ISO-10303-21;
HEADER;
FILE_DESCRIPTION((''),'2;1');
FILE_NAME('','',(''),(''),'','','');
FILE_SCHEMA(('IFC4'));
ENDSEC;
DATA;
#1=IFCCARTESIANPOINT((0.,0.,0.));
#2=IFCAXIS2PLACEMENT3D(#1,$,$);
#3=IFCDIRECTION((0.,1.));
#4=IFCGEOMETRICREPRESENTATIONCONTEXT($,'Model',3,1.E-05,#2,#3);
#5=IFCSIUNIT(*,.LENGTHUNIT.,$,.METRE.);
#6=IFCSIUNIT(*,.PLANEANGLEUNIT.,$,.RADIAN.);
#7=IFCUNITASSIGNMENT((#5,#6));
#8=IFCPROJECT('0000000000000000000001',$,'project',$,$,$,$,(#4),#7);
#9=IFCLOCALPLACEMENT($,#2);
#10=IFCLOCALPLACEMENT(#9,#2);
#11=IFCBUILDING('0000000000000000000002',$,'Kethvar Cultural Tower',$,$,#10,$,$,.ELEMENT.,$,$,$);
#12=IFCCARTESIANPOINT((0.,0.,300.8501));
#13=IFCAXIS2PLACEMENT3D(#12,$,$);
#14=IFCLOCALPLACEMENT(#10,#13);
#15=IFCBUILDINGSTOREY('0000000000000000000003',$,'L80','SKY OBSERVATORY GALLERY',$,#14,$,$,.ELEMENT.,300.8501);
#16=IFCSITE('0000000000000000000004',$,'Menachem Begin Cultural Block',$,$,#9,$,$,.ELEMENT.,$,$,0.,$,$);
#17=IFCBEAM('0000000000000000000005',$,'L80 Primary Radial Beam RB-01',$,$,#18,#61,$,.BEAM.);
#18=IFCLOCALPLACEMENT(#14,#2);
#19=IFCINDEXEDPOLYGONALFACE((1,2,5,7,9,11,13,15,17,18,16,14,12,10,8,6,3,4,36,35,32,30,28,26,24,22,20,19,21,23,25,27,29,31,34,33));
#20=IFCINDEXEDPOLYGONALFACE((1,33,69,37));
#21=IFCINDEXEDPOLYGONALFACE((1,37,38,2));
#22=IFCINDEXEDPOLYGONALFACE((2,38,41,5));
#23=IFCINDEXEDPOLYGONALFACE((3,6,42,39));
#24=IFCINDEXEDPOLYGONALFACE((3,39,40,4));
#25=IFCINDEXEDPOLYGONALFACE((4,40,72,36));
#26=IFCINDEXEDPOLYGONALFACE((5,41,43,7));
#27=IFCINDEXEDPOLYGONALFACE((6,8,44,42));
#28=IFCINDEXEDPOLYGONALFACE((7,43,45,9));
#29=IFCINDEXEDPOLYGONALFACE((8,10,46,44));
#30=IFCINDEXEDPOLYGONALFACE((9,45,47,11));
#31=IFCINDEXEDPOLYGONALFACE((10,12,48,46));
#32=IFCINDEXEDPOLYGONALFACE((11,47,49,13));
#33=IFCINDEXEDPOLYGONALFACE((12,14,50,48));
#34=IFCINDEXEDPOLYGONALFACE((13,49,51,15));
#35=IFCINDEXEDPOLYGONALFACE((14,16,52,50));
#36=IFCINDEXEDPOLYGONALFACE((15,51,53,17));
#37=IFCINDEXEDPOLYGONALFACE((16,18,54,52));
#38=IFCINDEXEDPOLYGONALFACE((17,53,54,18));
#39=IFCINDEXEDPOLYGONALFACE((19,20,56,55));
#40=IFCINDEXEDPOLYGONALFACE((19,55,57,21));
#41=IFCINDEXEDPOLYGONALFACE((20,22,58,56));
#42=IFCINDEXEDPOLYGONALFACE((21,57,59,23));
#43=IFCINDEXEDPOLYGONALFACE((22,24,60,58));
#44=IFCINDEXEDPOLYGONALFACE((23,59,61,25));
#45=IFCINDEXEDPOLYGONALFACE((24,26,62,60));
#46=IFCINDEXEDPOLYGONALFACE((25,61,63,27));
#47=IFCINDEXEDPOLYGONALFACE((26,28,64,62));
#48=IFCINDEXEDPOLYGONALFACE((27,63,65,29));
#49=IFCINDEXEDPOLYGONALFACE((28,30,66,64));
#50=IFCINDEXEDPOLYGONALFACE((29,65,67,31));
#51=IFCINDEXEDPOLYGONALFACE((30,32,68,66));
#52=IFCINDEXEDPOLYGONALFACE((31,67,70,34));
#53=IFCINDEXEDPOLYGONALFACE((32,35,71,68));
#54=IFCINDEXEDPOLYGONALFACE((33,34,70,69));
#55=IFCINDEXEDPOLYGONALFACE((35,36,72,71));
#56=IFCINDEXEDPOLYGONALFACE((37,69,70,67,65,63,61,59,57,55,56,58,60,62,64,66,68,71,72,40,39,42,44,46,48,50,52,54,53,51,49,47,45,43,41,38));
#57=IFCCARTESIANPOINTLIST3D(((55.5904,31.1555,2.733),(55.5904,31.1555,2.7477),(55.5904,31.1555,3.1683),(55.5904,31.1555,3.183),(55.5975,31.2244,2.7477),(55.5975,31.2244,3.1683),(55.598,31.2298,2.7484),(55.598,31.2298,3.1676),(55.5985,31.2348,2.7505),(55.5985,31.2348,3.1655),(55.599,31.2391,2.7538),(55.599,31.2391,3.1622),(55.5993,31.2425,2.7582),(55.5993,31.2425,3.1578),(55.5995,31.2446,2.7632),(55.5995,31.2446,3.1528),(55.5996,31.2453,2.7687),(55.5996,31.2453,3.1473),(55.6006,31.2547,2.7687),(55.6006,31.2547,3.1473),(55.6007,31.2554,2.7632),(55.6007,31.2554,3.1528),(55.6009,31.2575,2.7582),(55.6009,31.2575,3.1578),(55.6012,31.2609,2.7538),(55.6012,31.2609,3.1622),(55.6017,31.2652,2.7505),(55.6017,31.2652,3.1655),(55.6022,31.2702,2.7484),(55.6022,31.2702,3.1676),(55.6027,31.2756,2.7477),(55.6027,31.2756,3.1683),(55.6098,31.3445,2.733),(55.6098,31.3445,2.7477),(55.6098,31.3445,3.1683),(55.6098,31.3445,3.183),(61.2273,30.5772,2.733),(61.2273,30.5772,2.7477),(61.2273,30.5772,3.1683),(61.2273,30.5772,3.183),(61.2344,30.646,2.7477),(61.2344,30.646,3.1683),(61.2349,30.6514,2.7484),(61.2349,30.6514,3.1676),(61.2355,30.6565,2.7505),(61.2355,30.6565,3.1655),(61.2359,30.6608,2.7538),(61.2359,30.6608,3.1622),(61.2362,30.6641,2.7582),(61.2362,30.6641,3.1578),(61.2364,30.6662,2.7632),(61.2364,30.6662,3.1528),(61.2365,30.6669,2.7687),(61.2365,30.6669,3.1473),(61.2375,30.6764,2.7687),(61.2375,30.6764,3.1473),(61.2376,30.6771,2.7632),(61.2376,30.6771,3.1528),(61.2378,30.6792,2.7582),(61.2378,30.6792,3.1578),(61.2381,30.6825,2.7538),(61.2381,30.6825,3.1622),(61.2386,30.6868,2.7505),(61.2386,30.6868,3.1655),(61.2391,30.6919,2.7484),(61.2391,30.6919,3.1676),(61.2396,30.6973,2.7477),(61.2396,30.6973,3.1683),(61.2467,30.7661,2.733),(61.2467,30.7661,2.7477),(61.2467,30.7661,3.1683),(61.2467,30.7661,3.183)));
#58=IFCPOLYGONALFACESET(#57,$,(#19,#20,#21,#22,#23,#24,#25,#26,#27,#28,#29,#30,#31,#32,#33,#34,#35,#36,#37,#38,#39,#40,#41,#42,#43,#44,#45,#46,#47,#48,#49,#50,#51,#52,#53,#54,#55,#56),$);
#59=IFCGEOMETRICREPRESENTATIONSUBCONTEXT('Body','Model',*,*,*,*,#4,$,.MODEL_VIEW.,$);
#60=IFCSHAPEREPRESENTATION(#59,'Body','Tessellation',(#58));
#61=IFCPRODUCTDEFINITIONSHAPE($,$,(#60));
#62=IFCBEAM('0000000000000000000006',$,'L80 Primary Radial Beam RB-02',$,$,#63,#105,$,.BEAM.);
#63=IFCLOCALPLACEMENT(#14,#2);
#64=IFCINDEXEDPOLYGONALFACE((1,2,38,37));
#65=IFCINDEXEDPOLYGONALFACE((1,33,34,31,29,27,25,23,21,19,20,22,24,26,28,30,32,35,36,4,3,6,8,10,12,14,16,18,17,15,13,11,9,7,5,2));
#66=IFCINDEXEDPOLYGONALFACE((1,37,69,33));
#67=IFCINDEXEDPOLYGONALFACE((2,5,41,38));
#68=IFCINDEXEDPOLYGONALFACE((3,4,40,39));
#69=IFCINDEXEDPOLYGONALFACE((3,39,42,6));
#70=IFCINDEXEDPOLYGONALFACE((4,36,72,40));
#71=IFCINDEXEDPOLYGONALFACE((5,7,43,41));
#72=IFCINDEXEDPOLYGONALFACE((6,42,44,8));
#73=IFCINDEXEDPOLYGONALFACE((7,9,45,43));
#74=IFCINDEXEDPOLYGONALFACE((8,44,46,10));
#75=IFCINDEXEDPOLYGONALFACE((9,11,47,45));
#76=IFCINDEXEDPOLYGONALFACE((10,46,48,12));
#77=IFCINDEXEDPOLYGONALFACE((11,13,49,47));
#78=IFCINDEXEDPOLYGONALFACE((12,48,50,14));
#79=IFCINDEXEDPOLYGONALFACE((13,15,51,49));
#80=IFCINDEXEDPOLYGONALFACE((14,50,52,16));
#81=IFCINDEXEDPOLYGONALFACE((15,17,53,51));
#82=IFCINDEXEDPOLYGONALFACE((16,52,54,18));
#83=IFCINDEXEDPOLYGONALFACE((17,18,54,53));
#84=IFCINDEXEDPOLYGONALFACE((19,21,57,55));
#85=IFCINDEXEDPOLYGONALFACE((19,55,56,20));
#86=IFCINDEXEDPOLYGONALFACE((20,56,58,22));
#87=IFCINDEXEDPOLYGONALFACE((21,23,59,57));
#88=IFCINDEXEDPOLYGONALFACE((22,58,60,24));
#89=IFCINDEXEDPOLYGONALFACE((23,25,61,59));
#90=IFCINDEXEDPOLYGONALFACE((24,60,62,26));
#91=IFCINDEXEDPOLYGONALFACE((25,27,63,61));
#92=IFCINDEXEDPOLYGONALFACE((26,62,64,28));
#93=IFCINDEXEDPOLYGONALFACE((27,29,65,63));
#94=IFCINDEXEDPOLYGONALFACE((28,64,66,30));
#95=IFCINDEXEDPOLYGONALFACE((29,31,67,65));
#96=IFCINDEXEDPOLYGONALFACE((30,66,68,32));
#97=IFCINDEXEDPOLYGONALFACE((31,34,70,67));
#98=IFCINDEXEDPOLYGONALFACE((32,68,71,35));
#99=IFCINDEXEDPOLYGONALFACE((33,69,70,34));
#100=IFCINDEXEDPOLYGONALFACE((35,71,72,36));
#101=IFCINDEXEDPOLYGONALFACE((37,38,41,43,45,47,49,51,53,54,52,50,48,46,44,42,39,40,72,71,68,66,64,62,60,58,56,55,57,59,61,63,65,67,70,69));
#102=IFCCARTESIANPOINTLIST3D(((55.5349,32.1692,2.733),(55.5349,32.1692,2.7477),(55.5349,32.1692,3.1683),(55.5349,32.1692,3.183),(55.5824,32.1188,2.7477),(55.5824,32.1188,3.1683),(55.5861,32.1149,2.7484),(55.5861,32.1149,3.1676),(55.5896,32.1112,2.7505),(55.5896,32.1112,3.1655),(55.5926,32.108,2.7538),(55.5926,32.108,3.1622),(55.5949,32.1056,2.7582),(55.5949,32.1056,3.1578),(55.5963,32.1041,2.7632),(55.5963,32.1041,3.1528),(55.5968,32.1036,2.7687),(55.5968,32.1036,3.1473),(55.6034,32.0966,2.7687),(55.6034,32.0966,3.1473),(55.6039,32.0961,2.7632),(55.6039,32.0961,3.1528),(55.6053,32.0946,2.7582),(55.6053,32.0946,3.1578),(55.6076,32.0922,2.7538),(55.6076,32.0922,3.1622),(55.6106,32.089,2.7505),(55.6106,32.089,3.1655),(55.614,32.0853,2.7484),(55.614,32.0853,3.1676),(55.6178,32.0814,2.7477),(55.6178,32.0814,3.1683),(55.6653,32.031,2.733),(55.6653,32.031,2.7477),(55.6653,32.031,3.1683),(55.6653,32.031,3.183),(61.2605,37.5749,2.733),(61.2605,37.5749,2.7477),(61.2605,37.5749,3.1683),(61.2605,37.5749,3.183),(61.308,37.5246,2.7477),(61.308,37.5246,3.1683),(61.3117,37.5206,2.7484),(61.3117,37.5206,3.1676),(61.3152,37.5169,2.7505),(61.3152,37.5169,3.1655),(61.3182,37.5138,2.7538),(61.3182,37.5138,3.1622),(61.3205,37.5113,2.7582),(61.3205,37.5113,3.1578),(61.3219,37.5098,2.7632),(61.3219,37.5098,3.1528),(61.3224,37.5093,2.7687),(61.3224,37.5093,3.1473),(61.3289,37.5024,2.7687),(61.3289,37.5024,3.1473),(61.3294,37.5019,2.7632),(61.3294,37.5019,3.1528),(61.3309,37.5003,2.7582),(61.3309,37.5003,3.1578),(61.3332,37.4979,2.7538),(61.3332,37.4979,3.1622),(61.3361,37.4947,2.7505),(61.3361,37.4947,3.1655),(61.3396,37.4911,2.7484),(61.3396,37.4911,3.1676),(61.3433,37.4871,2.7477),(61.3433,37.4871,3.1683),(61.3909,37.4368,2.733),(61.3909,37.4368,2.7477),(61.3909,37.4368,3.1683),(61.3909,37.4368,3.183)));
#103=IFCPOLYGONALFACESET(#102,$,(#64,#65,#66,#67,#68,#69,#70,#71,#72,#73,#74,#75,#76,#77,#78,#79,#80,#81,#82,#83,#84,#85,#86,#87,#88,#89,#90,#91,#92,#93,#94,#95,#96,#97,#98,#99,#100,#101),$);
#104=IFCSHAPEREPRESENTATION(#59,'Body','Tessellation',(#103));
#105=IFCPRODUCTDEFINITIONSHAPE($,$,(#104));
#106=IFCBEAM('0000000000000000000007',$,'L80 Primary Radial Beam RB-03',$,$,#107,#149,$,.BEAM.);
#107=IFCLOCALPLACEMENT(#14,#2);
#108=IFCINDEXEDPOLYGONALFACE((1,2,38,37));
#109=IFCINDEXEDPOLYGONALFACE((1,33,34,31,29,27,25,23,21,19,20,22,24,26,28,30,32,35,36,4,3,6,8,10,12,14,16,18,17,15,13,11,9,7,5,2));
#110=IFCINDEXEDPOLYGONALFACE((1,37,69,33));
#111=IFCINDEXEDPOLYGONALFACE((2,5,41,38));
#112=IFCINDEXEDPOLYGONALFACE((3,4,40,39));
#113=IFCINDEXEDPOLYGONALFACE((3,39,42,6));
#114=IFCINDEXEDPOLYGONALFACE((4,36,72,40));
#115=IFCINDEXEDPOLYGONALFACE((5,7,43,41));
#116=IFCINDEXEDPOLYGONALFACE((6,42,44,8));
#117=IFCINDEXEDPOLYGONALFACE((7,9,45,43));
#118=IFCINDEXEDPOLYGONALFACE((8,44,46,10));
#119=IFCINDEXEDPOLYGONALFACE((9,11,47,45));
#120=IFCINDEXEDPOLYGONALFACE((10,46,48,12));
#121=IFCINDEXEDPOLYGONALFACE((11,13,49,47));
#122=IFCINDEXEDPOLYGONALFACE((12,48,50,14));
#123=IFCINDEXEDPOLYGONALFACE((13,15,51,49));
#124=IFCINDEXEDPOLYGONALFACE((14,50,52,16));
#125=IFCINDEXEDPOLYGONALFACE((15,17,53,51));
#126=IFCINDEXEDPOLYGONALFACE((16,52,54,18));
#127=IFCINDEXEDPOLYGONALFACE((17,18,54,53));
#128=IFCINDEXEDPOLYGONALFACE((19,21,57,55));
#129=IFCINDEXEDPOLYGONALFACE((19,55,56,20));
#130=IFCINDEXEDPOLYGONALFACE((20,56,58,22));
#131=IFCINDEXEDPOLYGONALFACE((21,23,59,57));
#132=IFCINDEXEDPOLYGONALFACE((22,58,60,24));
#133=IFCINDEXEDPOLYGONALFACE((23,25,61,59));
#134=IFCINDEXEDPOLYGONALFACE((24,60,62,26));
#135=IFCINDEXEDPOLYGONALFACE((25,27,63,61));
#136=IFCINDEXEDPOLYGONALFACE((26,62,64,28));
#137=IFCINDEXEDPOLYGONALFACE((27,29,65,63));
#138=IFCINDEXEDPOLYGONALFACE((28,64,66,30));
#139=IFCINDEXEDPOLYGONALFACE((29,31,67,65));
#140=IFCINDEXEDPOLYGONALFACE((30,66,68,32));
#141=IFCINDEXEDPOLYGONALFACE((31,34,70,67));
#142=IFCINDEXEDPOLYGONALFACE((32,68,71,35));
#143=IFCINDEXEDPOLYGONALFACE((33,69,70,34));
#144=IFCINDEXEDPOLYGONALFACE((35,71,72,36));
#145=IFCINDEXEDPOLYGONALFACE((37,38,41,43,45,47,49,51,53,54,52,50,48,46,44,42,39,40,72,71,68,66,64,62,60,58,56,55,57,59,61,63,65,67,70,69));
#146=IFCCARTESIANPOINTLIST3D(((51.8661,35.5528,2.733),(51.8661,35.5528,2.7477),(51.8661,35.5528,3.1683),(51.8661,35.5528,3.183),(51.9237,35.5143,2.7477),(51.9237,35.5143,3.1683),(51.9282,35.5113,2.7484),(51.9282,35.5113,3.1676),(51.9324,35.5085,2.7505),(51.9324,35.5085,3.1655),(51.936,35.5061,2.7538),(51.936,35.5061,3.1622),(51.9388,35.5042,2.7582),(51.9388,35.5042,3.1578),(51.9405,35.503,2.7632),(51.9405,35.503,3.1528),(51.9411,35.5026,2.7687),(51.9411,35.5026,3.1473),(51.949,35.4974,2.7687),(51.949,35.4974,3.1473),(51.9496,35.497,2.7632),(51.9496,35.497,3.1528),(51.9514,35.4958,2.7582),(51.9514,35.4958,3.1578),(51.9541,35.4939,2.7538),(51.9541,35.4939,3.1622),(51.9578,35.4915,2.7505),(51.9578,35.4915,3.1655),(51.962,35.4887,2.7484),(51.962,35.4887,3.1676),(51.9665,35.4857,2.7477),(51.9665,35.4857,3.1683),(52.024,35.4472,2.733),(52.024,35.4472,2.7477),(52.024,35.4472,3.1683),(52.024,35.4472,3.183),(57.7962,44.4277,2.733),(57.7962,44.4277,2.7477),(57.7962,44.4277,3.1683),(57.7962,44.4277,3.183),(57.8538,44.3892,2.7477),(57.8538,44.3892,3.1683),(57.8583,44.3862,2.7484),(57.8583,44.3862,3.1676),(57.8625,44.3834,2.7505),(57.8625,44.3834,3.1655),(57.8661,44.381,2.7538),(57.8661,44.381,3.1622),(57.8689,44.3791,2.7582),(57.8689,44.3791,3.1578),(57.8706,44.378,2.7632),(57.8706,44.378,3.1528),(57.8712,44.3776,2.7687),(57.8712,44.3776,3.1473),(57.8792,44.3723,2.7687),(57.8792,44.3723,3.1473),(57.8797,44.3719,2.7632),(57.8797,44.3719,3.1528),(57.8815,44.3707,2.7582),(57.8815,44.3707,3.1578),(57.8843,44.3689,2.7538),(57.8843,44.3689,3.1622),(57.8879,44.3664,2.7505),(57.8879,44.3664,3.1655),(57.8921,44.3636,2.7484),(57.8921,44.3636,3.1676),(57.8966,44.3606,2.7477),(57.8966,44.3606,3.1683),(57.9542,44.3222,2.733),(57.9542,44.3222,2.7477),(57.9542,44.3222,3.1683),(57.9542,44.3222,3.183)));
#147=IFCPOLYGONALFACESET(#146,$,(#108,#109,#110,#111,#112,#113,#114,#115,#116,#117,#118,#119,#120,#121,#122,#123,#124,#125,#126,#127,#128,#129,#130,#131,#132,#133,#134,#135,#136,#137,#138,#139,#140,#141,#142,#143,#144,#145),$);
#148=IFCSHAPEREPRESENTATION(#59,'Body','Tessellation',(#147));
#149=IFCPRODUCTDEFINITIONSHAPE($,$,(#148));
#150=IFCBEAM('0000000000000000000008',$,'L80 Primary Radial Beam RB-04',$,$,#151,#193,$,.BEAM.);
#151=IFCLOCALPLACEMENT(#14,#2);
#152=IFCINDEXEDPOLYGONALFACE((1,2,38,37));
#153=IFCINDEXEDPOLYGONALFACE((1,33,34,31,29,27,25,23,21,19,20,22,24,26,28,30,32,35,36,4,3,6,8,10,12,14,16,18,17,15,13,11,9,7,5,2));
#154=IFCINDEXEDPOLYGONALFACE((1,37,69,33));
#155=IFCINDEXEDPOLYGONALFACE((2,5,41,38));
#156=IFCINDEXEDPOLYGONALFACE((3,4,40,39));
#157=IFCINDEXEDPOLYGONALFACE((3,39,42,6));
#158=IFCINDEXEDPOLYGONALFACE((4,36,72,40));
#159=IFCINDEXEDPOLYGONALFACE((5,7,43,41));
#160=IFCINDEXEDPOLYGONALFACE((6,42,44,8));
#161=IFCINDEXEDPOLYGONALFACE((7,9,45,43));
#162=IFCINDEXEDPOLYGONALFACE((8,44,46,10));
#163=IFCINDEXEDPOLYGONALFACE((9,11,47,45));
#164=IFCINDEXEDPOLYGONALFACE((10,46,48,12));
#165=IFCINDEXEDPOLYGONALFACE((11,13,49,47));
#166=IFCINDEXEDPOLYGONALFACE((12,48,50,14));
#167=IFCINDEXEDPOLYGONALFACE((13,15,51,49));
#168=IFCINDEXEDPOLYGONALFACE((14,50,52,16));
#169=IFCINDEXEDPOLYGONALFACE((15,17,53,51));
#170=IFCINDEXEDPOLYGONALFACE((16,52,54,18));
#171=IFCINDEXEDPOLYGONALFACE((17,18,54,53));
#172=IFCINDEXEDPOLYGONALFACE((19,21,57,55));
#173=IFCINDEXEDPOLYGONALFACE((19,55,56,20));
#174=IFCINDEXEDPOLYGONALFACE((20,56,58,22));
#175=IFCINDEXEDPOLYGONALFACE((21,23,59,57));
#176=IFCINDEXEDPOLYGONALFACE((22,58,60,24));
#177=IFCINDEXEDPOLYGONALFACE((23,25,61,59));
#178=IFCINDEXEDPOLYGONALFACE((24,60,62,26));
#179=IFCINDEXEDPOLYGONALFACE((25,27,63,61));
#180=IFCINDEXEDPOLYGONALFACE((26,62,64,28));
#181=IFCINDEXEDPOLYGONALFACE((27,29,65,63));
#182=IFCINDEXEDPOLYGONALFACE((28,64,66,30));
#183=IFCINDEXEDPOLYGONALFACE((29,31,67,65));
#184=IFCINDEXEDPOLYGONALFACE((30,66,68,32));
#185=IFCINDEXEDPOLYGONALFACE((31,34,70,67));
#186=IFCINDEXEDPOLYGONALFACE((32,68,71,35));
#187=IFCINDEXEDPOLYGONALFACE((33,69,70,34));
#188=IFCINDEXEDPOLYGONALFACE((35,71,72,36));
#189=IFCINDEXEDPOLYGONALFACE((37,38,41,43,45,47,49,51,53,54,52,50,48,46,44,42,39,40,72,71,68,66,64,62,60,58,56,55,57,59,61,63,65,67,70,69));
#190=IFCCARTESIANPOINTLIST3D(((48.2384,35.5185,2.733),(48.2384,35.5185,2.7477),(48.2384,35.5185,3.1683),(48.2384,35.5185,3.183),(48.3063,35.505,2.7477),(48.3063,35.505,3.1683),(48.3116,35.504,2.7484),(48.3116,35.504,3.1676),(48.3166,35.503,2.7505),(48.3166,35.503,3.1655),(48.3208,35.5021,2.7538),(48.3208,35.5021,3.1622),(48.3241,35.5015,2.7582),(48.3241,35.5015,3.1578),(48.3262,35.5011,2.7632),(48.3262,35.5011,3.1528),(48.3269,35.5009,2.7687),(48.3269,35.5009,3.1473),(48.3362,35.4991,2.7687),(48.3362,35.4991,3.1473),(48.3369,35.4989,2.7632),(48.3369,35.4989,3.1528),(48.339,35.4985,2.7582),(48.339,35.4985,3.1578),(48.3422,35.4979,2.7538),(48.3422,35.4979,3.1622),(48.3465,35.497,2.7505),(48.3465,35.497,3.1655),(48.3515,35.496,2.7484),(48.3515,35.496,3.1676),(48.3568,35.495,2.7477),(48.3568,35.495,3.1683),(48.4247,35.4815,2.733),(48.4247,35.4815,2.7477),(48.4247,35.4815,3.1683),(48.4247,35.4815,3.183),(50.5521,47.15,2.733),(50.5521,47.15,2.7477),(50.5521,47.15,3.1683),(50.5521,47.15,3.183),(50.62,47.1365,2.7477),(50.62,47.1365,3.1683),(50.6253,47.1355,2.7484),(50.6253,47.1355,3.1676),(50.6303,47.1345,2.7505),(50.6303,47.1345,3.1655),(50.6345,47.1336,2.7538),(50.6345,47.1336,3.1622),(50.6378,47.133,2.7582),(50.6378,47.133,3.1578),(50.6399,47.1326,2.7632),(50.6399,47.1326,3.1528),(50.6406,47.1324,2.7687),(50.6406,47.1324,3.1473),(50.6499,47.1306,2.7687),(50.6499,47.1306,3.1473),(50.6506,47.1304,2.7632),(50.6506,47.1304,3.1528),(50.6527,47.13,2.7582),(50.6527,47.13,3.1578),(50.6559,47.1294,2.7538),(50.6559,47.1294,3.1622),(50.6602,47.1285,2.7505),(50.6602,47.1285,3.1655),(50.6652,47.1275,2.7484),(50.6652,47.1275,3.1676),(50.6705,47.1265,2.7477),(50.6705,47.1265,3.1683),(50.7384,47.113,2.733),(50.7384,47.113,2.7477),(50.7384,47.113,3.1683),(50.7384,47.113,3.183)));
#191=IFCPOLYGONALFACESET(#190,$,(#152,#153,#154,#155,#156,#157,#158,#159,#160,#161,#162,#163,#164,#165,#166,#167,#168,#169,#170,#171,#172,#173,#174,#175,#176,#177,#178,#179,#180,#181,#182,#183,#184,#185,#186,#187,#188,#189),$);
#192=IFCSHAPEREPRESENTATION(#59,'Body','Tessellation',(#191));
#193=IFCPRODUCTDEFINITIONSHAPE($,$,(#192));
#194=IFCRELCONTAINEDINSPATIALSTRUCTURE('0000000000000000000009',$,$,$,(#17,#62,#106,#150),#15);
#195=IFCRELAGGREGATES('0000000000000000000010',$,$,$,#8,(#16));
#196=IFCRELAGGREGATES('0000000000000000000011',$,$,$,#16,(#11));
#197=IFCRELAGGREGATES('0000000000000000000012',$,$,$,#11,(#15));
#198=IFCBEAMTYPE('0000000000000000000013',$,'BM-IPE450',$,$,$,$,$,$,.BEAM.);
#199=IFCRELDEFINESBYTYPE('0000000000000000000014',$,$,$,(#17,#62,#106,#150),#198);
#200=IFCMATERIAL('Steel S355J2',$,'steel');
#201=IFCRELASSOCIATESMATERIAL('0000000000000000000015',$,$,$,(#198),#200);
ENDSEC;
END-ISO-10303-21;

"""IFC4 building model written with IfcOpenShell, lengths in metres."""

from ifc_helpers import new_model, si_unit, direction, frame, origin, origin_2d, place, context, subcontext, project, spatial, i_section, extrude, source, transform, mapped, material, material_profile, profile_set, type_object, element, save


model = new_model("IFC4")

# Units and contexts
model_context = context("Model", 3, precision=1e-05, world=origin(), true_north=direction((0.0, 1.0)))
body_context = subcontext(model_context, "Body", "Model", "MODEL_VIEW")
ifc_project = project(units=[si_unit("LENGTHUNIT", "METRE"), si_unit("PLANEANGLEUNIT", "RADIAN")], contexts=[model_context])

# Site, building, storey
site_placement = place(None, origin())
site = spatial("IfcSite", under=ifc_project, at=site_placement, Name="Menachem Begin Cultural Block", CompositionType="ELEMENT", RefElevation=0.0)
building_placement = place(site_placement, origin())
building = spatial("IfcBuilding", under=site, at=building_placement, Name="Kethvar Cultural Tower", CompositionType="ELEMENT")
storey_placement = place(building_placement, frame((0.0, 0.0, 300.8501)))
storey = spatial("IfcBuildingStorey", under=building, at=storey_placement, Name="L80", Description="SKY OBSERVATORY GALLERY", CompositionType="ELEMENT", Elevation=300.8501)

# Beams
ifc_material_1 = material(Name="Steel S355J2", Category="steel")
ifc_material_profile_1 = material_profile(ifc_material_1, i_section(OverallWidth=0.1899, OverallDepth=0.45, WebThickness=0.0095, FlangeThickness=0.0146, FilletRadius=0.021, at=origin_2d()), Name="Steel S355J2 — IPE450")
ifc_profile_set_1 = profile_set([ifc_material_profile_1], Name="Steel S355J2 — IPE450")
beam_type_1 = type_object("IfcBeamType", Name="BM-IPE450", PredefinedType="BEAM", material=ifc_profile_set_1)
shared_shape_1 = source(origin(), body_context, "Body", "SweptSolid", [
    extrude(i_section(OverallWidth=0.1899, OverallDepth=0.45, WebThickness=0.0095, FlangeThickness=0.0146, FilletRadius=0.021, at=origin_2d()), origin(), (0.0, 0.0, 1.0), 5.6665),
])
beam_1_placement = place(storey_placement, frame((55.6001, 31.25, 2.958), z_axis=(0.994778, -0.102067, 0.0), x_axis=(0.102067, 0.994778, 0.0)))
element("IfcBeam", 1, at=beam_1_placement, inside=storey, type_object=beam_type_1, Name="L80 Primary Radial Beam RB-01", PredefinedType="BEAM", context=body_context, shape_type="MappedRepresentation", body=[
    mapped(shared_shape_1, transform((0.0, 0.0, 0.0), scale=1.0)),
])
shared_shape_2 = source(origin(), body_context, "Body", "SweptSolid", [
    extrude(i_section(OverallWidth=0.1899, OverallDepth=0.45, WebThickness=0.0095, FlangeThickness=0.0146, FilletRadius=0.021, at=origin_2d()), origin(), (0.0, 0.0, 1.0), 7.8743),
])
beam_2_placement = place(storey_placement, frame((55.6001, 32.1001, 2.958), z_axis=(0.727123, 0.686507, 0.0), x_axis=(-0.686507, 0.727123, 0.0)))
element("IfcBeam", 2, at=beam_2_placement, inside=storey, type_object=beam_type_1, Name="L80 Primary Radial Beam RB-02", PredefinedType="BEAM", context=body_context, shape_type="MappedRepresentation", body=[
    mapped(shared_shape_2, transform((0.0, 0.0, 0.0), scale=1.0)),
])
shared_shape_3 = source(origin(), body_context, "Body", "SweptSolid", [
    extrude(i_section(OverallWidth=0.1899, OverallDepth=0.45, WebThickness=0.0095, FlangeThickness=0.0146, FilletRadius=0.021, at=origin_2d()), origin(), (0.0, 0.0, 1.0), 10.6738),
])
beam_3_placement = place(storey_placement, frame((51.9451, 35.5, 2.958), z_axis=(0.555576, 0.831466, 0.0), x_axis=(-0.831466, 0.555576, 0.0)))
element("IfcBeam", 3, at=beam_3_placement, inside=storey, type_object=beam_type_1, Name="L80 Primary Radial Beam RB-03", PredefinedType="BEAM", context=body_context, shape_type="MappedRepresentation", body=[
    mapped(shared_shape_3, transform((0.0, 0.0, 0.0), scale=1.0)),
])
shared_shape_4 = source(origin(), body_context, "Body", "SweptSolid", [
    extrude(i_section(OverallWidth=0.1899, OverallDepth=0.45, WebThickness=0.0095, FlangeThickness=0.0146, FilletRadius=0.021, at=origin_2d()), origin(), (0.0, 0.0, 1.0), 11.8594),
])
beam_4_placement = place(storey_placement, frame((48.3315, 35.5, 2.958), z_axis=(0.195095, 0.980784, 0.0), x_axis=(-0.980784, 0.195095, 0.0)))
element("IfcBeam", 4, at=beam_4_placement, inside=storey, type_object=beam_type_1, Name="L80 Primary Radial Beam RB-04", PredefinedType="BEAM", context=body_context, shape_type="MappedRepresentation", body=[
    mapped(shared_shape_4, transform((0.0, 0.0, 0.0), scale=1.0)),
])

save(model, "model.ifc")
